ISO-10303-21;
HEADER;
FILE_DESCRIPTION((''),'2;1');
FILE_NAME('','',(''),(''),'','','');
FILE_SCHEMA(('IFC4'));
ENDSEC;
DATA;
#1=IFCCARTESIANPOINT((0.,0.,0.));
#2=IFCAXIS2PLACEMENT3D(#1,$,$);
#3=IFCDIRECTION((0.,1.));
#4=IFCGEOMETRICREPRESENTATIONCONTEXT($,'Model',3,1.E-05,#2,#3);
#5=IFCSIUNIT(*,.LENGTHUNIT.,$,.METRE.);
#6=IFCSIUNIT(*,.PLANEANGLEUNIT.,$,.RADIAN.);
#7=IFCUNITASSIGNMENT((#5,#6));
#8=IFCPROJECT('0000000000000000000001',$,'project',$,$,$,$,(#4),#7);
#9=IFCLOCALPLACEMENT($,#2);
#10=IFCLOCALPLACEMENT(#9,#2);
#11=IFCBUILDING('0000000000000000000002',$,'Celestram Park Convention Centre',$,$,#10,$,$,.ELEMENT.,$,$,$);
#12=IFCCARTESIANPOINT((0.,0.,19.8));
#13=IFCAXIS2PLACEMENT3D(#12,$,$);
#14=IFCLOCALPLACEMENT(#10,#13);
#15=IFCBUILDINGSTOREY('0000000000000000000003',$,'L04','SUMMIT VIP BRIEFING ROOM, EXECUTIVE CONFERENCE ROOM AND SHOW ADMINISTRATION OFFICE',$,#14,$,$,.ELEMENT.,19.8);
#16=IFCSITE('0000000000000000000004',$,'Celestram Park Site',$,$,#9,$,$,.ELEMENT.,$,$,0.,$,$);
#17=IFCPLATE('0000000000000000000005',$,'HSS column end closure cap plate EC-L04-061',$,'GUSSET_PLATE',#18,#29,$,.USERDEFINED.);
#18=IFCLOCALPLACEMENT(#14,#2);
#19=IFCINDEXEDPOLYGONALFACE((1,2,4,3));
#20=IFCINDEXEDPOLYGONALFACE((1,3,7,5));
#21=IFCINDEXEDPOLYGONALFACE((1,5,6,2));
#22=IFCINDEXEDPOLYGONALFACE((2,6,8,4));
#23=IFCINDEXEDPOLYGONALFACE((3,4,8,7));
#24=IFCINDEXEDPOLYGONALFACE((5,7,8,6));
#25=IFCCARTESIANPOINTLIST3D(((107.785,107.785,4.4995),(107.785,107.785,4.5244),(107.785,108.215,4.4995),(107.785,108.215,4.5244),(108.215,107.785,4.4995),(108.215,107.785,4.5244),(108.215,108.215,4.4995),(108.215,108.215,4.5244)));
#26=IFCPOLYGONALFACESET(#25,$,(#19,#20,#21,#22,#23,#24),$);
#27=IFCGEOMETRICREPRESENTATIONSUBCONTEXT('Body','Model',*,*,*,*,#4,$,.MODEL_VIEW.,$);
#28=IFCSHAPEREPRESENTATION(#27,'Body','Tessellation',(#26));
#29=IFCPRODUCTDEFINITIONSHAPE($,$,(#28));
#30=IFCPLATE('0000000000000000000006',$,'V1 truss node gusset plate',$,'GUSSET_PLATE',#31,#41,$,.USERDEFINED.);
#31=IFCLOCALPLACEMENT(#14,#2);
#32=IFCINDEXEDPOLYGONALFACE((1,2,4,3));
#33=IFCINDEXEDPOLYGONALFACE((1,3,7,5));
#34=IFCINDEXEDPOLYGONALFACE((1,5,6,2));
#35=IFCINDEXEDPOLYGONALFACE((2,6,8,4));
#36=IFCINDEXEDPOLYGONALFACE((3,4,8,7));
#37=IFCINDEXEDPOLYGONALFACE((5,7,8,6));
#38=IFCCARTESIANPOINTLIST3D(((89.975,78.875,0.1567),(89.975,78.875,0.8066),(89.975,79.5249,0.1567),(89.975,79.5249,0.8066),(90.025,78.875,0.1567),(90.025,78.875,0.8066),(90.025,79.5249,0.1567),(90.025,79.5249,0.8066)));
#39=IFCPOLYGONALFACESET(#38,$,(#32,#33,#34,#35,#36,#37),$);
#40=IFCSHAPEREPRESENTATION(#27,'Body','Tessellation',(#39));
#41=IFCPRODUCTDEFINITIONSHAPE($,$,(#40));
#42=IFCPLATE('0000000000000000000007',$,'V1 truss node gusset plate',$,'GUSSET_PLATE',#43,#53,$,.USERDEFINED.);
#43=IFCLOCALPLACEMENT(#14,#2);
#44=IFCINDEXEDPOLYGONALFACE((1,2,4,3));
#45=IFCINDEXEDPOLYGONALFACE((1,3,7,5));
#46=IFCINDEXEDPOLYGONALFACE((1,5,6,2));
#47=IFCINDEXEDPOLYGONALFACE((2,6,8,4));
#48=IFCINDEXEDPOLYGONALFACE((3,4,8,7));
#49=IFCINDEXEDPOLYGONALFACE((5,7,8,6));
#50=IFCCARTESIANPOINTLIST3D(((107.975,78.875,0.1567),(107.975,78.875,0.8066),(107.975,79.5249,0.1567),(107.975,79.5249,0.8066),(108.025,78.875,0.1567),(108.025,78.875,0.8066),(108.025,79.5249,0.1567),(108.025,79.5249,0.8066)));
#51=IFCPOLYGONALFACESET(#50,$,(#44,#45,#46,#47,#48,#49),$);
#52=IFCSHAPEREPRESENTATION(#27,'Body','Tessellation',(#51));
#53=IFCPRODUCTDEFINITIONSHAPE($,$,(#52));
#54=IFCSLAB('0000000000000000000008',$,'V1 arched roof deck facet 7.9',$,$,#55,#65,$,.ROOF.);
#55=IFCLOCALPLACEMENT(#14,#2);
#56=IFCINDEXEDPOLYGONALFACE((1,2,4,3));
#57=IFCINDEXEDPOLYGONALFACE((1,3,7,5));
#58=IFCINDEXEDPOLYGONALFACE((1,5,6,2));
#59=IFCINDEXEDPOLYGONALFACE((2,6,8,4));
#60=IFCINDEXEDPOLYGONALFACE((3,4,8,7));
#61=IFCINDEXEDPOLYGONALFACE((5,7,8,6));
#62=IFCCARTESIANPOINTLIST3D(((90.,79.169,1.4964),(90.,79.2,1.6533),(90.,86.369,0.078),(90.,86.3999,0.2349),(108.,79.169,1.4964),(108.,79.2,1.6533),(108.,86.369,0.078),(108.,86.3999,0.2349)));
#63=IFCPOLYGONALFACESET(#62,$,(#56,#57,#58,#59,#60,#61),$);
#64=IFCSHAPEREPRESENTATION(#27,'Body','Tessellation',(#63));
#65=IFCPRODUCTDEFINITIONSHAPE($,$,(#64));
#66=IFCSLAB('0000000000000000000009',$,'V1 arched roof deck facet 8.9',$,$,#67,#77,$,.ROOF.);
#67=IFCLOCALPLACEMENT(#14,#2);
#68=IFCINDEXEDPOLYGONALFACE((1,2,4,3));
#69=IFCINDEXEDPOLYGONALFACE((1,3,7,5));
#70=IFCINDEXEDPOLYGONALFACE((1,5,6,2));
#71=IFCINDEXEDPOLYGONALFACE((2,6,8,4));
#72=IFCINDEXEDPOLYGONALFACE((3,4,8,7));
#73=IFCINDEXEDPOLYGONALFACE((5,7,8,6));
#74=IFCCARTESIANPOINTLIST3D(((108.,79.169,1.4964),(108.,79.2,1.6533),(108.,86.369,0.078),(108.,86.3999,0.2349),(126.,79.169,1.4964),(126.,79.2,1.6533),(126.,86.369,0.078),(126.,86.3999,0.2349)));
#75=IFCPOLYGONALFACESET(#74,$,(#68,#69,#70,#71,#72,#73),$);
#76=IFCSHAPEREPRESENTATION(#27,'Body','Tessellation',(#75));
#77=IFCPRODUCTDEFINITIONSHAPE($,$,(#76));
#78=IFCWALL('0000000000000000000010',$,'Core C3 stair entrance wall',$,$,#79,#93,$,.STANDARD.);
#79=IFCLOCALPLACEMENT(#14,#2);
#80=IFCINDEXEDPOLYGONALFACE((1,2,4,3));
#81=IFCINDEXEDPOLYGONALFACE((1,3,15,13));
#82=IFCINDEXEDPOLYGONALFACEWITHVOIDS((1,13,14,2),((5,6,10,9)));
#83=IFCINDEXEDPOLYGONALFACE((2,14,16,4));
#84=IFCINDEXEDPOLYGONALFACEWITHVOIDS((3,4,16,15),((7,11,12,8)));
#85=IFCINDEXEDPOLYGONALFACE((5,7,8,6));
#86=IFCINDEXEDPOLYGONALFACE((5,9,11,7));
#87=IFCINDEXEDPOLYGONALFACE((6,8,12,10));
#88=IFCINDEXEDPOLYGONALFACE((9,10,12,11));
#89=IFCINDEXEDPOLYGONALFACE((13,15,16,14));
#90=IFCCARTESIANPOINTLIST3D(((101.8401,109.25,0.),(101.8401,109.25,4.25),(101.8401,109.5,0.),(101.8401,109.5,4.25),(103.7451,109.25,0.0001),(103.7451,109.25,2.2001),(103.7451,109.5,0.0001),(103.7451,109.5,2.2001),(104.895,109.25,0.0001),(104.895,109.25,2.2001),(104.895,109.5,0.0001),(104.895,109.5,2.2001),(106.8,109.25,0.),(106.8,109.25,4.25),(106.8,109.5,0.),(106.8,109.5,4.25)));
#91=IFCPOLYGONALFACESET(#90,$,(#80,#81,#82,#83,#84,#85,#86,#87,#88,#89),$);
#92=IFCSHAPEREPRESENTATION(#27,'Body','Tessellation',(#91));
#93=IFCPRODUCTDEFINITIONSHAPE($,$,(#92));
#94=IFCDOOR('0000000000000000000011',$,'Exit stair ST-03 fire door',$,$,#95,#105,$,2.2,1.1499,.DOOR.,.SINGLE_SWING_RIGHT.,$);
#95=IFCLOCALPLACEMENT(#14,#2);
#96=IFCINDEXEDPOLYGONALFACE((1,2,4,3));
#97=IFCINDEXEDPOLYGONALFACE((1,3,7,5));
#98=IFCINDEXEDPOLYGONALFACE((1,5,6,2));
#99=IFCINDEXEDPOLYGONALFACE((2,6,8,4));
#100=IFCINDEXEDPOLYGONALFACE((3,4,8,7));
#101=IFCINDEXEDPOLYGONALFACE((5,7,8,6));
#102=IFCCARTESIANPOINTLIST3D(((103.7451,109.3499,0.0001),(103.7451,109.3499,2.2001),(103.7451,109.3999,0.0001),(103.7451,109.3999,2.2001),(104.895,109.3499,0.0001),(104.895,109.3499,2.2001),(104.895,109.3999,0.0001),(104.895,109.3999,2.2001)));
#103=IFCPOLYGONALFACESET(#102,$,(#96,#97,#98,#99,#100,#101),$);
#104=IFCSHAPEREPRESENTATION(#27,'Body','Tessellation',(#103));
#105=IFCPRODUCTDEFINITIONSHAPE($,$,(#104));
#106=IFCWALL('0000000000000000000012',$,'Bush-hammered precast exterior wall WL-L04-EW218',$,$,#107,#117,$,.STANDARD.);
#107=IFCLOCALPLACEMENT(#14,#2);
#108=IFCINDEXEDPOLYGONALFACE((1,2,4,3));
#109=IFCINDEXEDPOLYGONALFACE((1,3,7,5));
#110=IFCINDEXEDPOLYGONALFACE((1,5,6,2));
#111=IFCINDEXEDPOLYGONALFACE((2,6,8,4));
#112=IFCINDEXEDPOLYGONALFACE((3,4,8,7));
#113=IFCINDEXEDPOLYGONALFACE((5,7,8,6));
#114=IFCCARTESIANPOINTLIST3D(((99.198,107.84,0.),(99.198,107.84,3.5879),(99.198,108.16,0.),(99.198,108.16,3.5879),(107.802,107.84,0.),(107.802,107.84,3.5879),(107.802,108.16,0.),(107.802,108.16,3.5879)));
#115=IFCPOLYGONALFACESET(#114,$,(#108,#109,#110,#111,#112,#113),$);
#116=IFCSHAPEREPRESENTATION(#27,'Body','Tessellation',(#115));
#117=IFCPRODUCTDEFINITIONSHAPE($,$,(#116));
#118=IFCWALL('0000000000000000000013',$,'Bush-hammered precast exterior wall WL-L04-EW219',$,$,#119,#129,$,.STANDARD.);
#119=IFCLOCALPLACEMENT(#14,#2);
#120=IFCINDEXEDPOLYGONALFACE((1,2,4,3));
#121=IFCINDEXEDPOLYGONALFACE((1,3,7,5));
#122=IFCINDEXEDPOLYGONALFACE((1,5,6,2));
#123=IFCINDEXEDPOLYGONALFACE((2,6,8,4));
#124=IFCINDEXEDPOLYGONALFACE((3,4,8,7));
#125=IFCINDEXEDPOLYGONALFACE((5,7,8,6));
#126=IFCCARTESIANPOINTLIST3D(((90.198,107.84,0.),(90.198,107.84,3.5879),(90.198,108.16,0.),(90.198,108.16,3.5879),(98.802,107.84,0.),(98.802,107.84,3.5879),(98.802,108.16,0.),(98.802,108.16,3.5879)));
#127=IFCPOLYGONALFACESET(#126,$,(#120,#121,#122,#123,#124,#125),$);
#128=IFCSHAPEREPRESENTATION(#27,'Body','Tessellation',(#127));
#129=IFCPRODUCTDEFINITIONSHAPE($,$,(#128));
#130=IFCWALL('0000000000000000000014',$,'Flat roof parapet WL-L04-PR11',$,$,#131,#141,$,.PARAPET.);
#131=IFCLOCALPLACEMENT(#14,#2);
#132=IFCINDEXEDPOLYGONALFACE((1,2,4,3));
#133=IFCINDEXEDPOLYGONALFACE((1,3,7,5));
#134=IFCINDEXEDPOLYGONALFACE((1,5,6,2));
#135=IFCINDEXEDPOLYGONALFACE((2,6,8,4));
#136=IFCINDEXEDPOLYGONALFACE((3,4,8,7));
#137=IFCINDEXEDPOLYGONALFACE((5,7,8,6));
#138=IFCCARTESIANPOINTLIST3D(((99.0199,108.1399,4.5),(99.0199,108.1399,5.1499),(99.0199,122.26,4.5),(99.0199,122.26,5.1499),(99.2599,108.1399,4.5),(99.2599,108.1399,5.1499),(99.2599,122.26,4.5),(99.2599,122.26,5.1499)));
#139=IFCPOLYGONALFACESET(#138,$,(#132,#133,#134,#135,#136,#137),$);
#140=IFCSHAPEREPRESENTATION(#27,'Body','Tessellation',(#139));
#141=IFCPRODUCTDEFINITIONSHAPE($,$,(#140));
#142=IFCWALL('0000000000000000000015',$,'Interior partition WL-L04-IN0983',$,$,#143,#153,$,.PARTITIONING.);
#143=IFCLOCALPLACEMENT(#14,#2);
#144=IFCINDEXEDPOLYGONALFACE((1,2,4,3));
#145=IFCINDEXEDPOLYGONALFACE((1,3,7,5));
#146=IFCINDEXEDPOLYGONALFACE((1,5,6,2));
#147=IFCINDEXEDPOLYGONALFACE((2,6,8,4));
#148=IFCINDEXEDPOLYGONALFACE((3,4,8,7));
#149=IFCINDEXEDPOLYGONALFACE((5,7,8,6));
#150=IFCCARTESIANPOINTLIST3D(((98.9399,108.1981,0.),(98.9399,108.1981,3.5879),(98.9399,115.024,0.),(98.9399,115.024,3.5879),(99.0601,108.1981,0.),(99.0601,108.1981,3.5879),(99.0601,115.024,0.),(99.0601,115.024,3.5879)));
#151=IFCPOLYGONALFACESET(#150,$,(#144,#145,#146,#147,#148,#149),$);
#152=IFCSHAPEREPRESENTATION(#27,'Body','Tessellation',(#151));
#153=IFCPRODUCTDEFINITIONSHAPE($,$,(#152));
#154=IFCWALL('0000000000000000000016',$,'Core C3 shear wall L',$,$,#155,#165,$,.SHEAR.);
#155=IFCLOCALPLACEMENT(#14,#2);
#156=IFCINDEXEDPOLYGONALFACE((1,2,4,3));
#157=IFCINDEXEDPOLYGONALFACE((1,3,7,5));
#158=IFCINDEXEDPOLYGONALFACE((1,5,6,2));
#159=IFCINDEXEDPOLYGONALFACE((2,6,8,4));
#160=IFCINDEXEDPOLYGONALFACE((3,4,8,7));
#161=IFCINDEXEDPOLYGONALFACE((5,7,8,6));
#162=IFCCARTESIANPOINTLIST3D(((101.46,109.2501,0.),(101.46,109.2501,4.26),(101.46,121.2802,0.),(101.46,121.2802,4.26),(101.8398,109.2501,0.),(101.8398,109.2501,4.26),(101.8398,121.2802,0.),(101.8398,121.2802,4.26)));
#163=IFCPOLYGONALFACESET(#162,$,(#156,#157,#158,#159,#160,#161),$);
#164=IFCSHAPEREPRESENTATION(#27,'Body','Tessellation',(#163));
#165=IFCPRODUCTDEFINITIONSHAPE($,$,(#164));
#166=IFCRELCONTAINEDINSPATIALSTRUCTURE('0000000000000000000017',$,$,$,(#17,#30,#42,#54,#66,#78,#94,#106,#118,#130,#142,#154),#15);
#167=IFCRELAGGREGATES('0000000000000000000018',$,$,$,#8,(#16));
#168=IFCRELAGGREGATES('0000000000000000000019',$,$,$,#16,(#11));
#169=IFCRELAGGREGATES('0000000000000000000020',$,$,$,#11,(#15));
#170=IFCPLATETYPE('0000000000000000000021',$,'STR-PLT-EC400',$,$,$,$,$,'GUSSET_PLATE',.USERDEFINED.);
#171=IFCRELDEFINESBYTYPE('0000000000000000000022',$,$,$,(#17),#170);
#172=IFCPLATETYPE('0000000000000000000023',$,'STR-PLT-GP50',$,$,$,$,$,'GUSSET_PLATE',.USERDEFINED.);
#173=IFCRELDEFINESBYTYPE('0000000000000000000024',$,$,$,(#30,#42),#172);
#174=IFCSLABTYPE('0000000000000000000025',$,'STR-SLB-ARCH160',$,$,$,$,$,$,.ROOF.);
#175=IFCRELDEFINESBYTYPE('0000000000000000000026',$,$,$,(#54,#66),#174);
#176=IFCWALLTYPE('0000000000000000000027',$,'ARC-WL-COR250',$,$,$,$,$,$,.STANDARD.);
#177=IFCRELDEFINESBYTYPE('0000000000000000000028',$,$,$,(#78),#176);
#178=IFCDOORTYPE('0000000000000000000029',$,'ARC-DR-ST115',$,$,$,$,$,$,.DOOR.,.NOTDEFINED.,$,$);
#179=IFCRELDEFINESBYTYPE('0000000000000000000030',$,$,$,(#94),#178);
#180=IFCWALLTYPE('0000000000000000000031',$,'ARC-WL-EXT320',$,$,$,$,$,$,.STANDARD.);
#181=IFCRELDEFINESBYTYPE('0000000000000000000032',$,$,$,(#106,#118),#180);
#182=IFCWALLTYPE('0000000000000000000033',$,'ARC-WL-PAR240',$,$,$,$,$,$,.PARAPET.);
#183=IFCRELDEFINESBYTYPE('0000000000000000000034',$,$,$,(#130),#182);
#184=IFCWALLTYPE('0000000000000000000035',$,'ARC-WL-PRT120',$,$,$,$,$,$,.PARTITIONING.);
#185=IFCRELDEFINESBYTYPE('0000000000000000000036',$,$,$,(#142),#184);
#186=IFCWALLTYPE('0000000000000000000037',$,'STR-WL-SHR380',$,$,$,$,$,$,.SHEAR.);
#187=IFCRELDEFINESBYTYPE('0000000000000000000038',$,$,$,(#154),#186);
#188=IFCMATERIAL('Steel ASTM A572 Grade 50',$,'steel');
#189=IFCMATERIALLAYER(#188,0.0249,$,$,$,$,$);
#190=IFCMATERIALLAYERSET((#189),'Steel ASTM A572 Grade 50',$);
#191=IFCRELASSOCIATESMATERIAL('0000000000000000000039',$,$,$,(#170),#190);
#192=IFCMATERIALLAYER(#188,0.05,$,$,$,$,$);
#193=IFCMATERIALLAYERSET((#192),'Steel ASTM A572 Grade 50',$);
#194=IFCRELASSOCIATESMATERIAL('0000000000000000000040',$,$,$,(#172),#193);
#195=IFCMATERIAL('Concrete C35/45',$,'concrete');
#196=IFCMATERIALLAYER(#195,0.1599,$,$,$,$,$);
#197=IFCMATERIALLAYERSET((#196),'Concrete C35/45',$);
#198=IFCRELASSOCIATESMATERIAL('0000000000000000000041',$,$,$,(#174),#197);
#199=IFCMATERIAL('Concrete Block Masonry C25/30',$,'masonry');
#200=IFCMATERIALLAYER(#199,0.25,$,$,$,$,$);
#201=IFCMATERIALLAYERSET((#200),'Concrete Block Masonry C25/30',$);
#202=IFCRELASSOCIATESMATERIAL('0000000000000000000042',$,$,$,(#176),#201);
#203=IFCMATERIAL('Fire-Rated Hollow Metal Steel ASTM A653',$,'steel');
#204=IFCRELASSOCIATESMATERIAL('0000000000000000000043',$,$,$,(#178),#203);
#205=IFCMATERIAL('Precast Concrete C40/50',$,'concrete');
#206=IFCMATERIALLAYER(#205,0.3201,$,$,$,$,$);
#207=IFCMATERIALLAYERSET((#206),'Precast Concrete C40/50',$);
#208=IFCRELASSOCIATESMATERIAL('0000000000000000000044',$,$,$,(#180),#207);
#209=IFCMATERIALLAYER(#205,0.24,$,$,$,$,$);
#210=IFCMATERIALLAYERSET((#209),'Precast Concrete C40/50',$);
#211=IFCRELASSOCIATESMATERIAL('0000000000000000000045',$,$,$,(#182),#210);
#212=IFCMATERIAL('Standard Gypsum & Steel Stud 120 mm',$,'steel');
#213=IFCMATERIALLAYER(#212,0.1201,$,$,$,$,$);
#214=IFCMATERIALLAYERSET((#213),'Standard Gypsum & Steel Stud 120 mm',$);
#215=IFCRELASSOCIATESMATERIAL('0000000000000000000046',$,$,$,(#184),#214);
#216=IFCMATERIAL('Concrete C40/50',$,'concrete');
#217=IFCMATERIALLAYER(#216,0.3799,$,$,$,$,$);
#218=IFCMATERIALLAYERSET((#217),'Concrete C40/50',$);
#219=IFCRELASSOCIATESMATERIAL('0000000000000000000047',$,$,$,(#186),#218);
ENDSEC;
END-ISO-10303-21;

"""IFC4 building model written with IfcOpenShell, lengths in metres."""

from ifc_helpers import new_model, si_unit, direction, frame, frame_2d, origin, origin_2d, place, context, subcontext, project, spatial, polyline, rectangle, outline, extrude, material, layer, layer_set, type_object, element, fill, save


model = new_model("IFC4")

# Units and contexts
model_context = context("Model", 3, precision=1e-05, world=origin(), true_north=direction((0.0, 1.0)))
body_context = subcontext(model_context, "Body", "Model", "MODEL_VIEW")
ifc_project = project(units=[si_unit("LENGTHUNIT", "METRE"), si_unit("PLANEANGLEUNIT", "RADIAN")], contexts=[model_context])

# Site, building, storey
site_placement = place(None, origin())
site = spatial("IfcSite", under=ifc_project, at=site_placement, Name="Celestram Park Site", CompositionType="ELEMENT", RefElevation=0.0)
building_placement = place(site_placement, origin())
building = spatial("IfcBuilding", under=site, at=building_placement, Name="Celestram Park Convention Centre", CompositionType="ELEMENT")
storey_placement = place(building_placement, frame((0.0, 0.0, 19.8)))
storey = spatial("IfcBuildingStorey", under=building, at=storey_placement, Name="L04", Description="SUMMIT VIP BRIEFING ROOM, EXECUTIVE CONFERENCE ROOM AND SHOW ADMINISTRATION OFFICE", CompositionType="ELEMENT", Elevation=19.8)

# Plates
ifc_material_1 = material(Name="Steel ASTM A572 Grade 50", Category="steel")
ifc_layer_1 = layer(ifc_material_1, 0.0249)
ifc_layer_set_1 = layer_set([ifc_layer_1], Name="Steel ASTM A572 Grade 50")
plate_type_1 = type_object("IfcPlateType", Name="STR-PLT-EC400", ElementType="GUSSET_PLATE", PredefinedType="USERDEFINED", material=ifc_layer_set_1)
for number, where, z_axis, x_axis, name in (
    (1, (108.0, 108.0, 4.4995), (0.0, 0.0, 1.0), (1.0, 0.0, 0.0), "HSS column end closure cap plate EC-L04-061"),
):
    element("IfcPlate", number, at=place(storey_placement, frame(where, z_axis=z_axis, x_axis=x_axis)), inside=storey, type_object=plate_type_1, Name=name, ObjectType="GUSSET_PLATE", PredefinedType="USERDEFINED", context=body_context, shape_type="SweptSolid", body=[
        extrude(rectangle(XDim=0.4299, YDim=0.4299, at=origin_2d()), origin(), (0.0, 0.0, 1.0), 0.0249),
    ])
ifc_layer_2 = layer(ifc_material_1, 0.05)
ifc_layer_set_2 = layer_set([ifc_layer_2], Name="Steel ASTM A572 Grade 50")
plate_type_2 = type_object("IfcPlateType", Name="STR-PLT-GP50", ElementType="GUSSET_PLATE", PredefinedType="USERDEFINED", material=ifc_layer_set_2)
for number, where, z_axis, x_axis, name in (
    (2, (90.0, 79.2, 0.1567), (0.0, 0.0, 1.0), (0.0, 1.0, 0.0), "V1 truss node gusset plate"),
    (3, (108.0, 79.2, 0.1567), (0.0, 0.0, 1.0), (0.0, 1.0, 0.0), "V1 truss node gusset plate"),
):
    element("IfcPlate", number, at=place(storey_placement, frame(where, z_axis=z_axis, x_axis=x_axis)), inside=storey, type_object=plate_type_2, Name=name, ObjectType="GUSSET_PLATE", PredefinedType="USERDEFINED", context=body_context, shape_type="SweptSolid", body=[
        extrude(rectangle(XDim=0.6499, YDim=0.05, at=origin_2d()), origin(), (0.0, 0.0, 1.0), 0.6499),
    ])

# Slabs
ifc_material_2 = material(Name="Concrete C35/45", Category="concrete")
ifc_layer_3 = layer(ifc_material_2, 0.1599)
ifc_layer_set_3 = layer_set([ifc_layer_3], Name="Concrete C35/45")
slab_type = type_object("IfcSlabType", Name="STR-SLB-ARCH160", PredefinedType="ROOF", material=ifc_layer_set_3)
for number, where, z_axis, x_axis, name in (
    (4, (90.0, 79.2, 1.6533), (0.0, 0.193294, 0.981141), (1.0, 0.0, 0.0), "V1 arched roof deck facet 7.9"),
    (5, (108.0, 79.2, 1.6533), (0.0, 0.193294, 0.981141), (1.0, 0.0, 0.0), "V1 arched roof deck facet 8.9"),
):
    element("IfcSlab", number, at=place(storey_placement, frame(where, z_axis=z_axis, x_axis=x_axis)), inside=storey, type_object=slab_type, Name=name, PredefinedType="ROOF", context=body_context, shape_type="SweptSolid", body=[
        extrude(outline(polyline([(0.0, 0.0), (18.0, 0.0), (18.0, 7.3383), (0.0, 7.3383), (0.0, 0.0)])), origin(), (0.0, 0.0, -1.0), 0.1599),
    ])

# Wall, opening, door
ifc_material_3 = material(Name="Concrete Block Masonry C25/30", Category="masonry")
ifc_layer_4 = layer(ifc_material_3, 0.25)
ifc_layer_set_4 = layer_set([ifc_layer_4], Name="Concrete Block Masonry C25/30")
wall_type_1 = type_object("IfcWallType", Name="ARC-WL-COR250", PredefinedType="STANDARD", material=ifc_layer_set_4)
wall_1_placement = place(storey_placement, frame((101.8401, 109.375, 0.0), z_axis=(0.0, 0.0, 1.0), x_axis=(1.0, 0.0, 0.0)))
wall_1 = element("IfcWall", 6, at=wall_1_placement, inside=storey, type_object=wall_type_1, Name="Core C3 stair entrance wall", PredefinedType="STANDARD", context=body_context, shape_type="SweptSolid", body=[
    extrude(rectangle(XDim=4.96, YDim=0.25, at=frame_2d((2.48, 0.0))), origin(), (0.0, 0.0, 1.0), 4.25),
])
opening_placement = place(wall_1_placement, frame((1.905, 0.0, 0.0)))
opening = element("IfcOpeningElement", 7, at=opening_placement, cuts=wall_1, PredefinedType="OPENING", context=body_context, shape_type="SweptSolid", body=[
    extrude(rectangle(XDim=1.1499, YDim=2.2, at=frame_2d((0.575, 1.1001))), frame((0.0, 0.135, 0.0), z_axis=(0.0, -1.0, 0.0), x_axis=(1.0, 0.0, 0.0)), (0.0, 0.0, 1.0), 0.27),
])
ifc_material_4 = material(Name="Fire-Rated Hollow Metal Steel ASTM A653", Category="steel")
door_type = type_object("IfcDoorType", Name="ARC-DR-ST115", OperationType="NOTDEFINED", PredefinedType="DOOR", material=ifc_material_4)
door_placement = place(opening_placement, origin())
door = element("IfcDoor", 8, at=door_placement, inside=storey, type_object=door_type, Name="Exit stair ST-03 fire door", OperationType="SINGLE_SWING_RIGHT", OverallHeight=2.2, OverallWidth=1.1499, PredefinedType="DOOR", context=body_context, shape_type="SweptSolid", body=[
    extrude(rectangle(XDim=1.1499, YDim=2.2, at=frame_2d((0.575, 1.1001))), frame((0.0, 0.0249, 0.0), z_axis=(0.0, -1.0, 0.0), x_axis=(1.0, 0.0, 0.0)), (0.0, 0.0, 1.0), 0.05),
])
fill(opening, door)

# Walls
ifc_material_5 = material(Name="Precast Concrete C40/50", Category="concrete")
ifc_layer_5 = layer(ifc_material_5, 0.3201)
ifc_layer_set_5 = layer_set([ifc_layer_5], Name="Precast Concrete C40/50")
wall_type_2 = type_object("IfcWallType", Name="ARC-WL-EXT320", PredefinedType="STANDARD", material=ifc_layer_set_5)
for number, where, z_axis, x_axis, name in (
    (9, (107.802, 108.0, 0.0), (0.0, 0.0, 1.0), (-1.0, 0.0, 0.0), "Bush-hammered precast exterior wall WL-L04-EW218"),
    (10, (98.802, 108.0, 0.0), (0.0, 0.0, 1.0), (-1.0, 0.0, 0.0), "Bush-hammered precast exterior wall WL-L04-EW219"),
):
    element("IfcWall", number, at=place(storey_placement, frame(where, z_axis=z_axis, x_axis=x_axis)), inside=storey, type_object=wall_type_2, Name=name, PredefinedType="STANDARD", context=body_context, shape_type="SweptSolid", body=[
        extrude(rectangle(XDim=8.604, YDim=0.3201, at=frame_2d((4.302, 0.0))), origin(), (0.0, 0.0, 1.0), 3.5879),
    ])
ifc_layer_6 = layer(ifc_material_5, 0.24)
ifc_layer_set_6 = layer_set([ifc_layer_6], Name="Precast Concrete C40/50")
wall_type_3 = type_object("IfcWallType", Name="ARC-WL-PAR240", PredefinedType="PARAPET", material=ifc_layer_set_6)
wall_2_placement = place(storey_placement, frame((99.1399, 108.1399, 4.5), z_axis=(0.0, 0.0, 1.0), x_axis=(0.0, 1.0, 0.0)))
element("IfcWall", 11, at=wall_2_placement, inside=storey, type_object=wall_type_3, Name="Flat roof parapet WL-L04-PR11", PredefinedType="PARAPET", context=body_context, shape_type="SweptSolid", body=[
    extrude(rectangle(XDim=14.1201, YDim=0.24, at=frame_2d((7.0601, 0.0))), origin(), (0.0, 0.0, 1.0), 0.6499),
])
ifc_material_6 = material(Name="Standard Gypsum & Steel Stud 120 mm", Category="steel")
ifc_layer_7 = layer(ifc_material_6, 0.1201)
ifc_layer_set_7 = layer_set([ifc_layer_7], Name="Standard Gypsum & Steel Stud 120 mm")
wall_type_4 = type_object("IfcWallType", Name="ARC-WL-PRT120", PredefinedType="PARTITIONING", material=ifc_layer_set_7)
wall_3_placement = place(storey_placement, frame((99.0, 108.198, 0.0), z_axis=(0.0, 0.0, 1.0), x_axis=(0.0, 1.0, 0.0)))
element("IfcWall", 12, at=wall_3_placement, inside=storey, type_object=wall_type_4, Name="Interior partition WL-L04-IN0983", PredefinedType="PARTITIONING", context=body_context, shape_type="SweptSolid", body=[
    extrude(rectangle(XDim=6.8259, YDim=0.1201, at=frame_2d((3.4131, 0.0))), origin(), (0.0, 0.0, 1.0), 3.5879),
])
ifc_material_7 = material(Name="Concrete C40/50", Category="concrete")
ifc_layer_8 = layer(ifc_material_7, 0.3799)
ifc_layer_set_8 = layer_set([ifc_layer_8], Name="Concrete C40/50")
wall_type_5 = type_object("IfcWallType", Name="STR-WL-SHR380", PredefinedType="SHEAR", material=ifc_layer_set_8)
wall_4_placement = place(storey_placement, frame((101.6499, 109.25, 0.0), z_axis=(0.0, 0.0, 1.0), x_axis=(0.0, 1.0, 0.0)))
element("IfcWall", 13, at=wall_4_placement, inside=storey, type_object=wall_type_5, Name="Core C3 shear wall L", PredefinedType="SHEAR", context=body_context, shape_type="SweptSolid", body=[
    extrude(rectangle(XDim=12.03, YDim=0.3799, at=frame_2d((6.0151, 0.0))), origin(), (0.0, 0.0, 1.0), 4.26),
])

save(model, "model.ifc")
